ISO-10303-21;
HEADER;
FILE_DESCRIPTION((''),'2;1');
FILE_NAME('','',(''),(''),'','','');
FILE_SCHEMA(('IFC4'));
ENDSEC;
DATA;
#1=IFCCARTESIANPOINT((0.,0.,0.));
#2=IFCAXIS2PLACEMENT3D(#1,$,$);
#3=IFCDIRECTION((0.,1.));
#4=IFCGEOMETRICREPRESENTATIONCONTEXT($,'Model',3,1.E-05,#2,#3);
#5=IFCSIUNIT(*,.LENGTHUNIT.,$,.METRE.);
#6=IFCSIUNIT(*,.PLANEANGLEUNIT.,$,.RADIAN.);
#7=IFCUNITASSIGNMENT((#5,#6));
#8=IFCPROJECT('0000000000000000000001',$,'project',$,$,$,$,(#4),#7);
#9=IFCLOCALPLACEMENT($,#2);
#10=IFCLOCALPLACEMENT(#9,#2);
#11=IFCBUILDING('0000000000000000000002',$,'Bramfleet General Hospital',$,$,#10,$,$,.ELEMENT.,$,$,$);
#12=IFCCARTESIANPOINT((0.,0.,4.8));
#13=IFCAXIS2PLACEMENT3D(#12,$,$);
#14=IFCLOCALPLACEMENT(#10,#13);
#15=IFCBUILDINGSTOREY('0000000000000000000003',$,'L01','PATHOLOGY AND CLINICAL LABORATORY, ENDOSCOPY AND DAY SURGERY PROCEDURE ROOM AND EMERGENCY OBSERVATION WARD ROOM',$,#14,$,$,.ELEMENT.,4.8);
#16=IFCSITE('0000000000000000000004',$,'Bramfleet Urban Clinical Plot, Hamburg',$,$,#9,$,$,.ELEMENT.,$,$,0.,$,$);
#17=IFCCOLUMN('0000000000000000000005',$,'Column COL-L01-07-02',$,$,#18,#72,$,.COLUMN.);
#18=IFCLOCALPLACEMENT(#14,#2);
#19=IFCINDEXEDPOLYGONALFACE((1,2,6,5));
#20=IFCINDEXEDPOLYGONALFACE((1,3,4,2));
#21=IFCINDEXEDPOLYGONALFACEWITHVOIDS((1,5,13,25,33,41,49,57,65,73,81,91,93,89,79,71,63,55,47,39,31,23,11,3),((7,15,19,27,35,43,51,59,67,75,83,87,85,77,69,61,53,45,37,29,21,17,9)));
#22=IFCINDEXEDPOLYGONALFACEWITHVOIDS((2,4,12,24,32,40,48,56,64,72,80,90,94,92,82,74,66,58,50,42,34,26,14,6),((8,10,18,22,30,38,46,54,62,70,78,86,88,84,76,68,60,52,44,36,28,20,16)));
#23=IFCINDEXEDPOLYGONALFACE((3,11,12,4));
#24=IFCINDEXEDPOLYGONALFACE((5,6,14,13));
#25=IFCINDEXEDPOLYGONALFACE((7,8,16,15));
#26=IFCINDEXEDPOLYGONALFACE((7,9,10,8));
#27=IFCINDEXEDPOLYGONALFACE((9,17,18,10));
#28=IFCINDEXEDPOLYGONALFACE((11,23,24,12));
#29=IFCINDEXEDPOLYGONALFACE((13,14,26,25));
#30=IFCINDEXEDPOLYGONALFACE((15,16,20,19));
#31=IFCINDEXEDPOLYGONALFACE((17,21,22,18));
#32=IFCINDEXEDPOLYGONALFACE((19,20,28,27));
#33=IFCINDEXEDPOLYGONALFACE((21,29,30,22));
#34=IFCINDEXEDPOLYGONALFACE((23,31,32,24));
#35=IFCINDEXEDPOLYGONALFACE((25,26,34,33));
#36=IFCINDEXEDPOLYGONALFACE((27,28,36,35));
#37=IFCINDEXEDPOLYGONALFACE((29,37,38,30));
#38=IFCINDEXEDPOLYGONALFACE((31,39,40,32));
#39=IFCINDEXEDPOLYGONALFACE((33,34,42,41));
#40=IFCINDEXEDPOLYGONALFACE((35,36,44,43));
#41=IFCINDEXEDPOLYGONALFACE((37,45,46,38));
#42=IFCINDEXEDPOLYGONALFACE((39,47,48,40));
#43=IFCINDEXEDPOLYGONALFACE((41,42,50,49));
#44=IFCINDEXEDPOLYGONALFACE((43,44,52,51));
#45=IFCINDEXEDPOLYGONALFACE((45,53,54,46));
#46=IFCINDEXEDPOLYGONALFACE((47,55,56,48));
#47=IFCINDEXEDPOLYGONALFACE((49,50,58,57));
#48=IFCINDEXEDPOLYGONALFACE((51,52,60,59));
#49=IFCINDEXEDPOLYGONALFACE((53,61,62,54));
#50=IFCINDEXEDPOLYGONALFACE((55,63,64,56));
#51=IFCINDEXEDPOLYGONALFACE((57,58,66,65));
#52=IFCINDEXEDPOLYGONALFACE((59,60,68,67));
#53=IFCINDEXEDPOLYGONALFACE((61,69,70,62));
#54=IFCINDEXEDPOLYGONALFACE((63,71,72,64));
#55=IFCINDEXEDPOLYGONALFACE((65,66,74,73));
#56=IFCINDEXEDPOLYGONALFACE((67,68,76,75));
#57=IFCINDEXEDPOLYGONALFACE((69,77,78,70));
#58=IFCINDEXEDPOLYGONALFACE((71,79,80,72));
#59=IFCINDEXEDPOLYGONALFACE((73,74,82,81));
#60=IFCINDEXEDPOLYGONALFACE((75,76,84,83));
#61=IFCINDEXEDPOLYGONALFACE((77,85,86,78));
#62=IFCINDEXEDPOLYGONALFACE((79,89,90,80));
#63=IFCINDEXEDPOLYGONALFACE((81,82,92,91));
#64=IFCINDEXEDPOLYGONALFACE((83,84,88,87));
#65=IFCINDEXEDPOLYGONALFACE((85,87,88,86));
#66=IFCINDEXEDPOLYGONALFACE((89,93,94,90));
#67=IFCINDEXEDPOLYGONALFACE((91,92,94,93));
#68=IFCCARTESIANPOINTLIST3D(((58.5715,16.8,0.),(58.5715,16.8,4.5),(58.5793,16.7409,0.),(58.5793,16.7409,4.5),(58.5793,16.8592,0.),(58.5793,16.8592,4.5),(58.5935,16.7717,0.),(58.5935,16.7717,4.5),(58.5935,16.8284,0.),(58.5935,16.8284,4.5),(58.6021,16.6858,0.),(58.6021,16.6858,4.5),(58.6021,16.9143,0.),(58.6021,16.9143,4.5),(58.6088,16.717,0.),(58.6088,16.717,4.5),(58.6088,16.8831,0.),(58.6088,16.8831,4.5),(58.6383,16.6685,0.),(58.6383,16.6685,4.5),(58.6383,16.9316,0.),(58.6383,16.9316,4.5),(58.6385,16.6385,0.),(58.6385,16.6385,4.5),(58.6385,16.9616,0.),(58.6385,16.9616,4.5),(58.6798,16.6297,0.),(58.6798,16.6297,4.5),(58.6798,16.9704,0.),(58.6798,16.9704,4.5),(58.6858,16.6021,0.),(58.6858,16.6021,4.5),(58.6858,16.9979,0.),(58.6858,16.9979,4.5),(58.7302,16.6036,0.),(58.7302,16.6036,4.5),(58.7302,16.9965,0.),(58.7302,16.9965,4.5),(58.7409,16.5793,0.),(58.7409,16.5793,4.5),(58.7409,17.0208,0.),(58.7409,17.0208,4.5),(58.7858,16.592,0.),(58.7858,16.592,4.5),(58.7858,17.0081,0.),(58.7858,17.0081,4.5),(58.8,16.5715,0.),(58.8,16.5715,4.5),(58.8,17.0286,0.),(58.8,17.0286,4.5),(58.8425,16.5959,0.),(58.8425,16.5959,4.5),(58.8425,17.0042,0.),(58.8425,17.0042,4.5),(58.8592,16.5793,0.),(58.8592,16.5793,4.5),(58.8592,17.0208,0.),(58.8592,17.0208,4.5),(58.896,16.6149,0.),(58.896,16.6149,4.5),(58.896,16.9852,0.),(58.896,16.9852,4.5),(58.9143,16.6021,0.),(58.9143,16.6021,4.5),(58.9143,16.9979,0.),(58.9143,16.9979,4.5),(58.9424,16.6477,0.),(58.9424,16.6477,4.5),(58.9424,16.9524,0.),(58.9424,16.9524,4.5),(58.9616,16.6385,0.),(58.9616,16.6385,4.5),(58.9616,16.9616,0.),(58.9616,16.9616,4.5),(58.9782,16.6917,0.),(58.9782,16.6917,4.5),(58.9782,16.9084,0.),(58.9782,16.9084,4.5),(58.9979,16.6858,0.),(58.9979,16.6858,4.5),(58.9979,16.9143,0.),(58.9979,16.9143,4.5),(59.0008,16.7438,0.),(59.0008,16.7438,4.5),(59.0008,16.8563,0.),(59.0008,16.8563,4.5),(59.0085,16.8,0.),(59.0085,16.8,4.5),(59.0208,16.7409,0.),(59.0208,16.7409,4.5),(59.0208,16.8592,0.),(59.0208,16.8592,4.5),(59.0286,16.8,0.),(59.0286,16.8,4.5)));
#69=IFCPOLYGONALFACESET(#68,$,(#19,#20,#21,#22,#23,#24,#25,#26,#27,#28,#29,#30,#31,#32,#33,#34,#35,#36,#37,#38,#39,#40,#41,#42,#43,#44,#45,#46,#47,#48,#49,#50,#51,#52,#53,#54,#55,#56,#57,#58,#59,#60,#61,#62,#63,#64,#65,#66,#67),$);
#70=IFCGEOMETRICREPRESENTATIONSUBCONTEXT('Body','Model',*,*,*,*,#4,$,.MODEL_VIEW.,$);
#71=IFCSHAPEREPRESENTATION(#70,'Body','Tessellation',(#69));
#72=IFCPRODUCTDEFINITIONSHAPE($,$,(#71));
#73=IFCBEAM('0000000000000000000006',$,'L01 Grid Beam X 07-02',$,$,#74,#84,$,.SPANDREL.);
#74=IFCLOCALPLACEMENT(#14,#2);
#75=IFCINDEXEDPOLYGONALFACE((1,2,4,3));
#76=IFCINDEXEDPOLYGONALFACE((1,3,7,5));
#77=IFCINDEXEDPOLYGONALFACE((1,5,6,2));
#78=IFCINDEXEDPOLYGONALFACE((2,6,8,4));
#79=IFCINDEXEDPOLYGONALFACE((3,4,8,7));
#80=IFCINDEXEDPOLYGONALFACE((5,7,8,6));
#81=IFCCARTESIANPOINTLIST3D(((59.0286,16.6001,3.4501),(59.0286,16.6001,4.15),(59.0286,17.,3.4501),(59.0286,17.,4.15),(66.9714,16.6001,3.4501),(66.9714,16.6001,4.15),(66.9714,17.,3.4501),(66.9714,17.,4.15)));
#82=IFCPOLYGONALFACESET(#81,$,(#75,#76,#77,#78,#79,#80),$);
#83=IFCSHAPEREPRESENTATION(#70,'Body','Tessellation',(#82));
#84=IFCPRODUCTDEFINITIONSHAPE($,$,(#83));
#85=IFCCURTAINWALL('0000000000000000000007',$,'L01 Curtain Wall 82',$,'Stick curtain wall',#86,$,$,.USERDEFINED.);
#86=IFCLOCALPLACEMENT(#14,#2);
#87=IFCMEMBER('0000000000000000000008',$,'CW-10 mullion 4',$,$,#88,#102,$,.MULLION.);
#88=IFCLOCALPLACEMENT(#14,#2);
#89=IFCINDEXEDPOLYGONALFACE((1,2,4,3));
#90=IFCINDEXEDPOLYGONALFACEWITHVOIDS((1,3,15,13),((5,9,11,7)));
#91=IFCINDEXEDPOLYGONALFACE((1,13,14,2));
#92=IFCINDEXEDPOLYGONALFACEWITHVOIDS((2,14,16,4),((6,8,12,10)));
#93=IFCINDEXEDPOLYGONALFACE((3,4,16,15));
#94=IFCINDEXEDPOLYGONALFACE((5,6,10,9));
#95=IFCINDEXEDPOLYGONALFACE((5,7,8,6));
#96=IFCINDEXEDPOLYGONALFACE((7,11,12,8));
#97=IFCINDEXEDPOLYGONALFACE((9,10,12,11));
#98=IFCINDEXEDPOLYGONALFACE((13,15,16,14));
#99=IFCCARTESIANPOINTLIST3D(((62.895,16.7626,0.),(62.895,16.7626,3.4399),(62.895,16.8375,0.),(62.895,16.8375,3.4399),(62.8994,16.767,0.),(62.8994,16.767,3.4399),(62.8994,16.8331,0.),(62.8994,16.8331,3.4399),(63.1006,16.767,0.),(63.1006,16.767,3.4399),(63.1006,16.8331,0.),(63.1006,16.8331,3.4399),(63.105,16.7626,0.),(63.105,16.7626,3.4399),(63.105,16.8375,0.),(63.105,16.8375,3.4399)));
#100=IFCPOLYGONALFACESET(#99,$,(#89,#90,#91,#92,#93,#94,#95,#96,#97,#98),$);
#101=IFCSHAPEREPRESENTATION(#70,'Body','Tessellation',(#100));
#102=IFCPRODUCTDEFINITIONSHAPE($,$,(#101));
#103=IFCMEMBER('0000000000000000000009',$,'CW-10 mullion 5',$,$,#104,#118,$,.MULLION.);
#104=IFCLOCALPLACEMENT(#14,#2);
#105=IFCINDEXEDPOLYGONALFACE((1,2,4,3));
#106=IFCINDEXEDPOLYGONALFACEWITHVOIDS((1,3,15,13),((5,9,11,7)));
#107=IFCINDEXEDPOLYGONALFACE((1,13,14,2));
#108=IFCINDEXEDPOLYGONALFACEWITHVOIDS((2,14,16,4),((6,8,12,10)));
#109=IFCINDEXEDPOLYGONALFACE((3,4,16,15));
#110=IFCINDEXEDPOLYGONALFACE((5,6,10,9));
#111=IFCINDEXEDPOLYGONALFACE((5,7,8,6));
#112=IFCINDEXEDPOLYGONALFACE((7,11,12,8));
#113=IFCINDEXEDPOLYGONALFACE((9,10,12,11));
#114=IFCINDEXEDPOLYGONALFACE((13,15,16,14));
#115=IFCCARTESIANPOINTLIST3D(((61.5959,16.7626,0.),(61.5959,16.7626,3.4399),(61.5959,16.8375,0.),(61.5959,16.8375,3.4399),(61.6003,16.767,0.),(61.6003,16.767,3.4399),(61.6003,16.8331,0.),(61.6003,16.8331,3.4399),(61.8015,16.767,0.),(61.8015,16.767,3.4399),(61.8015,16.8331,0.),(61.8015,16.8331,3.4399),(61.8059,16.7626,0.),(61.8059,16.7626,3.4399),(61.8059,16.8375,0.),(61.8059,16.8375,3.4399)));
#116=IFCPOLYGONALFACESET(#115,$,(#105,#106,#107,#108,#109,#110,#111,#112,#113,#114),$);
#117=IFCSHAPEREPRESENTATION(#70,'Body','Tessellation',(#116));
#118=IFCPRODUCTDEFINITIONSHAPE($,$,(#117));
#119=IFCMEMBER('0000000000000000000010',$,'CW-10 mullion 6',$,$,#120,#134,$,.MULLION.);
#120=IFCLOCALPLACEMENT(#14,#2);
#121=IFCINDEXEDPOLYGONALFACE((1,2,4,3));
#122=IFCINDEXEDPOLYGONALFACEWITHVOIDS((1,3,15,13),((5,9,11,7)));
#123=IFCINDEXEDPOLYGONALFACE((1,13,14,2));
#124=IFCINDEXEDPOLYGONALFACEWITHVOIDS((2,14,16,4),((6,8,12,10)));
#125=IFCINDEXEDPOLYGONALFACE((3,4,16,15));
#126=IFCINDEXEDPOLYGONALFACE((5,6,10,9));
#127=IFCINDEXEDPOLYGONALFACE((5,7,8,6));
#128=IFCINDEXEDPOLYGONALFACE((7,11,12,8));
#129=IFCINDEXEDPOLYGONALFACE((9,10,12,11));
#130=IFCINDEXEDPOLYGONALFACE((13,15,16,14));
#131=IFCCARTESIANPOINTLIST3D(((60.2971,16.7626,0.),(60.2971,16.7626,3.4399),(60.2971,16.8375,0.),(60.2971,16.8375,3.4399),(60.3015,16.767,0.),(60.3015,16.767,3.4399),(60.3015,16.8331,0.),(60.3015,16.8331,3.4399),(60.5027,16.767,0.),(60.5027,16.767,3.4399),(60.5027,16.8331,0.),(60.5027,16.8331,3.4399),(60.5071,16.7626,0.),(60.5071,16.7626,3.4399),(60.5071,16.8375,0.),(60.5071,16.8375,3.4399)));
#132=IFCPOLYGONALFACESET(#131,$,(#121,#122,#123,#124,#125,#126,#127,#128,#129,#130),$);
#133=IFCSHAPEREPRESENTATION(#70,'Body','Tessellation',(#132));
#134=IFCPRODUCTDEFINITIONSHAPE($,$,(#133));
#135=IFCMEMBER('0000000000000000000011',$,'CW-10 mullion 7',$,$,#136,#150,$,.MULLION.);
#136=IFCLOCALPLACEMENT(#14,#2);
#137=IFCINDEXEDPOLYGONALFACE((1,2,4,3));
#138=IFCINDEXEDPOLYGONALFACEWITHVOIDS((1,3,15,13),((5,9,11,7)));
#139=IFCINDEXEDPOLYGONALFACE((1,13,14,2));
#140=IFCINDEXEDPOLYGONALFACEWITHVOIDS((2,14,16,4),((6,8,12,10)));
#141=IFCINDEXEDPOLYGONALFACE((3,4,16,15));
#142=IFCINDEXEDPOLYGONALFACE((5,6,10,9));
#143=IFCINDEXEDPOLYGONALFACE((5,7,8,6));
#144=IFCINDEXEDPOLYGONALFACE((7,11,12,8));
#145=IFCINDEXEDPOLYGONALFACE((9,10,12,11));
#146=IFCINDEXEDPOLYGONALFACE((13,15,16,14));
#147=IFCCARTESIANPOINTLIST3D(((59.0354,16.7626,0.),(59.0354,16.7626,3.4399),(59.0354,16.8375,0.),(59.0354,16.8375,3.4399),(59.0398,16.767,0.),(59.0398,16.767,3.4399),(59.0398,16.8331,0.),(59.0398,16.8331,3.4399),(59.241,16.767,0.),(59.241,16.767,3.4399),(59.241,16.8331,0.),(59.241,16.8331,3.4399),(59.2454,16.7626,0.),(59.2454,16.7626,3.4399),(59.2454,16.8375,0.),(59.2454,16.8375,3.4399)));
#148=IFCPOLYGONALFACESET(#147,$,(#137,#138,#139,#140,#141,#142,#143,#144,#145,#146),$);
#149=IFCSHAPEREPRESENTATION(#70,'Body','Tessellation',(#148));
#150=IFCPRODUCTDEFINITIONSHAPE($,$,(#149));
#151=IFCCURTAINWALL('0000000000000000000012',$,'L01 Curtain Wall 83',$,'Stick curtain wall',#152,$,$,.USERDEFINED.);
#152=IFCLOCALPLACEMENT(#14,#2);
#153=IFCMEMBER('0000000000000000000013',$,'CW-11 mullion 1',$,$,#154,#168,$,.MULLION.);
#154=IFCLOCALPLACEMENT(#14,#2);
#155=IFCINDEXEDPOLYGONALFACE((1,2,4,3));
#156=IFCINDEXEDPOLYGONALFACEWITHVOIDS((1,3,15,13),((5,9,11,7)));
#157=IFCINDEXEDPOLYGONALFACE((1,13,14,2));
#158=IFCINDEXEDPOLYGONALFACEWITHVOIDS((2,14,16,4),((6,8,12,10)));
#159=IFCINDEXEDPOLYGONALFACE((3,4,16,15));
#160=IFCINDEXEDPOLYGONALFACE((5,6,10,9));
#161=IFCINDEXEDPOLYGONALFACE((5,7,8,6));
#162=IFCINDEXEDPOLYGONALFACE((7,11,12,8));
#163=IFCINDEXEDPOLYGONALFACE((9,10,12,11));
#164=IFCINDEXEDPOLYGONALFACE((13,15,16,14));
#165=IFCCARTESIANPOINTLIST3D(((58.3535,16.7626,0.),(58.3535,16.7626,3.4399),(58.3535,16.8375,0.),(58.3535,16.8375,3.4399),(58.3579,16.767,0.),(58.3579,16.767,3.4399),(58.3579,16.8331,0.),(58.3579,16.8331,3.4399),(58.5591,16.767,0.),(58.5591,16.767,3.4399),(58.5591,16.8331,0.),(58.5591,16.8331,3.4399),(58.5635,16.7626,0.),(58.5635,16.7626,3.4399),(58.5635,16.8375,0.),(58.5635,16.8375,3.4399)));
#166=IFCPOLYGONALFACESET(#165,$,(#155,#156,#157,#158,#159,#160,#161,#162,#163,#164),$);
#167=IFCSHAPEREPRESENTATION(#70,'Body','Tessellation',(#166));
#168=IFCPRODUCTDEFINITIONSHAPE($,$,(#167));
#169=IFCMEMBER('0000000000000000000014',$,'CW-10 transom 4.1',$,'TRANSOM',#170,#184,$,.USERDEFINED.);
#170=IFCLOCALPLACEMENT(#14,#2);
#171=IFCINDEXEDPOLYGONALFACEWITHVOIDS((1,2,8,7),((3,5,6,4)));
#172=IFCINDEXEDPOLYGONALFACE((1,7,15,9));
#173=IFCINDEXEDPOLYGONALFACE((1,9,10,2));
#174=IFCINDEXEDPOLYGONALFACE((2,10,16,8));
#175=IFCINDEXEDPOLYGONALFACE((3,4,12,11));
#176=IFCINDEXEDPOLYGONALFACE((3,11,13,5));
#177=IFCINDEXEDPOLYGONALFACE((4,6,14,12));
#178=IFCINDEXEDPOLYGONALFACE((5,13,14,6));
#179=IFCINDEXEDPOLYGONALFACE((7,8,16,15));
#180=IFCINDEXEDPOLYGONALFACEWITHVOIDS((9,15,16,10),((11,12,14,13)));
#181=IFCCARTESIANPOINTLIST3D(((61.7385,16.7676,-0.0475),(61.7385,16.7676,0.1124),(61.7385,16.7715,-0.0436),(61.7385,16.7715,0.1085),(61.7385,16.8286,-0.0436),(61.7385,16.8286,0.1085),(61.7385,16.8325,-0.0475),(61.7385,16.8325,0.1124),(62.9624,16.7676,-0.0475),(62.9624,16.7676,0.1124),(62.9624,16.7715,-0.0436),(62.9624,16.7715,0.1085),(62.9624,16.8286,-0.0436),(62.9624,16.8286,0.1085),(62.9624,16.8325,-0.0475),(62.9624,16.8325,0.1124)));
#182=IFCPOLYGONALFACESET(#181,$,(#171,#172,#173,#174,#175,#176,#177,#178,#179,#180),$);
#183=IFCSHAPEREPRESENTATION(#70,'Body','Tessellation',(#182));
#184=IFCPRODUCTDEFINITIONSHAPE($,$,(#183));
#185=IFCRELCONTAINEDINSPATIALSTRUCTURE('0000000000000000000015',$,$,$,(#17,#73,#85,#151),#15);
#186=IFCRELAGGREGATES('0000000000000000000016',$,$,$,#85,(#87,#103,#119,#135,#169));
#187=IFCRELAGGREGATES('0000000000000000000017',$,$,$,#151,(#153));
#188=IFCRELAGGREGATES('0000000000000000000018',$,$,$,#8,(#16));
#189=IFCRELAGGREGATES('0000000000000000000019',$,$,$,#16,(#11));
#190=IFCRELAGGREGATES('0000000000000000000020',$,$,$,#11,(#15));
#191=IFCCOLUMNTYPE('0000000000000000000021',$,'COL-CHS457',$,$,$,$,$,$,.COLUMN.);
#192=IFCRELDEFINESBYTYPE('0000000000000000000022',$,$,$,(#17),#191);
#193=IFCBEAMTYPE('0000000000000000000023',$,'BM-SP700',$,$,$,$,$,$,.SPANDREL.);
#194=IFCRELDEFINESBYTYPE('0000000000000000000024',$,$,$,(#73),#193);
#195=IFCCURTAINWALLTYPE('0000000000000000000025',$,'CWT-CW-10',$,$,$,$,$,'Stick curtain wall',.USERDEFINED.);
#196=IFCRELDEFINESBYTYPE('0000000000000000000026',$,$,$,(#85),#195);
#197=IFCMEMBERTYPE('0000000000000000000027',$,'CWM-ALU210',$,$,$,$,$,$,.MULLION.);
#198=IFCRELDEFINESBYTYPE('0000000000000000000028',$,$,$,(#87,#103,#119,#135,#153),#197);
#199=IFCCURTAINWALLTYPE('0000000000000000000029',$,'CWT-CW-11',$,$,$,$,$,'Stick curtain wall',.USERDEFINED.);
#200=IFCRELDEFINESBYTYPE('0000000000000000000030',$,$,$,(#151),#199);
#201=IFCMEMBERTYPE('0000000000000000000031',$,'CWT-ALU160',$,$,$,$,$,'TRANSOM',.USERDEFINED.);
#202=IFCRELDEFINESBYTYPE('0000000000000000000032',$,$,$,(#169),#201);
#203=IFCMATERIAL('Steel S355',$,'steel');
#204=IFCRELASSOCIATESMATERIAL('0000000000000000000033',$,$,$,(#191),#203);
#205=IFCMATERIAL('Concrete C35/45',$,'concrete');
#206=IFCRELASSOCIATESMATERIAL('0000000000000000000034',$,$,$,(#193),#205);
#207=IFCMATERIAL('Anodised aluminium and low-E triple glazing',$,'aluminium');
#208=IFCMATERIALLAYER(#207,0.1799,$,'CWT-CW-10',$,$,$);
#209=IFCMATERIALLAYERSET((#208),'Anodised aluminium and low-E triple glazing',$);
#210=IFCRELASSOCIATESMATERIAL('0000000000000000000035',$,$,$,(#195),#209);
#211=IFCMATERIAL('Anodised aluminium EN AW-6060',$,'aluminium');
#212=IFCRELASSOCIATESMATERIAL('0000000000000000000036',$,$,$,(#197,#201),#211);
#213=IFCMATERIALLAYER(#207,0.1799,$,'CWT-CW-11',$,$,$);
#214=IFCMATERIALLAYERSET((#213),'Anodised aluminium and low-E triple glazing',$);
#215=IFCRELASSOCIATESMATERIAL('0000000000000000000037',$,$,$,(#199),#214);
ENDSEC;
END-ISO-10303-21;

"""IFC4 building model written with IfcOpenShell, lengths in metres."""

from ifc_helpers import new_model, si_unit, direction, frame, origin, origin_2d, place, context, subcontext, project, spatial, rectangle, hollow_rectangle, hollow_circle, extrude, material, layer, layer_set, material_profile, profile_set, type_object, element, aggregate, save


model = new_model("IFC4")

# Units and contexts
model_context = context("Model", 3, precision=1e-05, world=origin(), true_north=direction((0.0, 1.0)))
body_context = subcontext(model_context, "Body", "Model", "MODEL_VIEW")
ifc_project = project(units=[si_unit("LENGTHUNIT", "METRE"), si_unit("PLANEANGLEUNIT", "RADIAN")], contexts=[model_context])

# Site, building, storey
site_placement = place(None, origin())
site = spatial("IfcSite", under=ifc_project, at=site_placement, Name="Bramfleet Urban Clinical Plot, Hamburg", CompositionType="ELEMENT", RefElevation=0.0)
building_placement = place(site_placement, origin())
building = spatial("IfcBuilding", under=site, at=building_placement, Name="Bramfleet General Hospital", CompositionType="ELEMENT")
storey_placement = place(building_placement, frame((0.0, 0.0, 4.8)))
storey = spatial("IfcBuildingStorey", under=building, at=storey_placement, Name="L01", Description="PATHOLOGY AND CLINICAL LABORATORY, ENDOSCOPY AND DAY SURGERY PROCEDURE ROOM AND EMERGENCY OBSERVATION WARD ROOM", CompositionType="ELEMENT", Elevation=4.8)

# Column
ifc_material_1 = material(Name="Steel S355", Category="steel")
ifc_material_profile_1 = material_profile(ifc_material_1, hollow_circle(Radius=0.2285, WallThickness=0.02, at=origin_2d()), Name="CHS 457.0x20.0")
ifc_profile_set_1 = profile_set([ifc_material_profile_1], Name="Steel S355")
column_type = type_object("IfcColumnType", Name="COL-CHS457", PredefinedType="COLUMN", material=ifc_profile_set_1)
column_placement = place(storey_placement, frame((58.8, 16.8, 0.0), z_axis=(0.0, 0.0, 1.0), x_axis=(1.0, 0.0, 0.0)))
element("IfcColumn", 1, at=column_placement, inside=storey, type_object=column_type, Name="Column COL-L01-07-02", PredefinedType="COLUMN", context=body_context, shape_type="SweptSolid", body=[
    extrude(hollow_circle(Radius=0.2285, WallThickness=0.02, at=origin_2d()), origin(), (0.0, 0.0, 1.0), 4.5),
])

# Beam
ifc_material_2 = material(Name="Concrete C35/45", Category="concrete")
ifc_material_profile_2 = material_profile(ifc_material_2, rectangle(XDim=0.3999, YDim=0.7, at=origin_2d()), Name="RC SP 700x400")
ifc_profile_set_2 = profile_set([ifc_material_profile_2], Name="Concrete C35/45")
beam_type = type_object("IfcBeamType", Name="BM-SP700", PredefinedType="SPANDREL", material=ifc_profile_set_2)
beam_placement = place(storey_placement, frame((59.0286, 16.8, 3.8), z_axis=(1.0, 0.0, 0.0), x_axis=(0.0, 1.0, 0.0)))
element("IfcBeam", 2, at=beam_placement, inside=storey, type_object=beam_type, Name="L01 Grid Beam X 07-02", PredefinedType="SPANDREL", context=body_context, shape_type="SweptSolid", body=[
    extrude(rectangle(XDim=0.3999, YDim=0.7, at=origin_2d()), origin(), (0.0, 0.0, 1.0), 7.9429),
])

# Curtain wall, members
ifc_material_3 = material(Name="Anodised aluminium and low-E triple glazing", Category="aluminium")
ifc_layer_1 = layer(ifc_material_3, 0.1799, Name="CWT-CW-10")
ifc_layer_set_1 = layer_set([ifc_layer_1], Name="Anodised aluminium and low-E triple glazing")
curtain_wall_type_1 = type_object("IfcCurtainWallType", Name="CWT-CW-10", ElementType="Stick curtain wall", PredefinedType="USERDEFINED", material=ifc_layer_set_1)
curtain_wall_1_placement = place(storey_placement, origin())
curtain_wall_1 = element("IfcCurtainWall", 3, at=curtain_wall_1_placement, inside=storey, type_object=curtain_wall_type_1, Name="L01 Curtain Wall 82", ObjectType="Stick curtain wall", PredefinedType="USERDEFINED")
ifc_material_4 = material(Name="Anodised aluminium EN AW-6060", Category="aluminium")
ifc_material_profile_3 = material_profile(ifc_material_4, hollow_rectangle(XDim=0.075, YDim=0.21, WallThickness=0.0044, at=origin_2d()), Name="ALU 210x75x4.5")
ifc_profile_set_3 = profile_set([ifc_material_profile_3], Name="Anodised aluminium EN AW-6060")
member_type_1 = type_object("IfcMemberType", Name="CWM-ALU210", PredefinedType="MULLION", material=ifc_profile_set_3)
member_1_placement = place(storey_placement, frame((63.0, 16.8, 0.0), z_axis=(0.0, 0.0, 1.0), x_axis=(0.0, -1.0, 0.0)))
member_1 = element("IfcMember", 4, at=member_1_placement, type_object=member_type_1, Name="CW-10 mullion 4", PredefinedType="MULLION", context=body_context, shape_type="SweptSolid", body=[
    extrude(hollow_rectangle(XDim=0.075, YDim=0.21, WallThickness=0.0044, at=origin_2d()), origin(), (0.0, 0.0, 1.0), 3.4399),
])
member_2_placement = place(storey_placement, frame((61.7009, 16.8, 0.0), z_axis=(0.0, 0.0, 1.0), x_axis=(0.0, -1.0, 0.0)))
member_2 = element("IfcMember", 5, at=member_2_placement, type_object=member_type_1, Name="CW-10 mullion 5", PredefinedType="MULLION", context=body_context, shape_type="SweptSolid", body=[
    extrude(hollow_rectangle(XDim=0.075, YDim=0.21, WallThickness=0.0044, at=origin_2d()), origin(), (0.0, 0.0, 1.0), 3.4399),
])
member_3_placement = place(storey_placement, frame((60.4021, 16.8, 0.0), z_axis=(0.0, 0.0, 1.0), x_axis=(0.0, -1.0, 0.0)))
member_3 = element("IfcMember", 6, at=member_3_placement, type_object=member_type_1, Name="CW-10 mullion 6", PredefinedType="MULLION", context=body_context, shape_type="SweptSolid", body=[
    extrude(hollow_rectangle(XDim=0.075, YDim=0.21, WallThickness=0.0044, at=origin_2d()), origin(), (0.0, 0.0, 1.0), 3.4399),
])
member_4_placement = place(storey_placement, frame((59.1404, 16.8, 0.0), z_axis=(0.0, 0.0, 1.0), x_axis=(0.0, -1.0, 0.0)))
member_4 = element("IfcMember", 7, at=member_4_placement, type_object=member_type_1, Name="CW-10 mullion 7", PredefinedType="MULLION", context=body_context, shape_type="SweptSolid", body=[
    extrude(hollow_rectangle(XDim=0.075, YDim=0.21, WallThickness=0.0044, at=origin_2d()), origin(), (0.0, 0.0, 1.0), 3.4399),
])

# Curtain wall, member
ifc_layer_2 = layer(ifc_material_3, 0.1799, Name="CWT-CW-11")
ifc_layer_set_2 = layer_set([ifc_layer_2], Name="Anodised aluminium and low-E triple glazing")
curtain_wall_type_2 = type_object("IfcCurtainWallType", Name="CWT-CW-11", ElementType="Stick curtain wall", PredefinedType="USERDEFINED", material=ifc_layer_set_2)
curtain_wall_2_placement = place(storey_placement, origin())
curtain_wall_2 = element("IfcCurtainWall", 8, at=curtain_wall_2_placement, inside=storey, type_object=curtain_wall_type_2, Name="L01 Curtain Wall 83", ObjectType="Stick curtain wall", PredefinedType="USERDEFINED")
member_5_placement = place(storey_placement, frame((58.4585, 16.8, 0.0), z_axis=(0.0, 0.0, 1.0), x_axis=(0.0, -1.0, 0.0)))
member_5 = element("IfcMember", 9, at=member_5_placement, type_object=member_type_1, Name="CW-11 mullion 1", PredefinedType="MULLION", context=body_context, shape_type="SweptSolid", body=[
    extrude(hollow_rectangle(XDim=0.075, YDim=0.21, WallThickness=0.0044, at=origin_2d()), origin(), (0.0, 0.0, 1.0), 3.4399),
])

# Member
ifc_material_profile_4 = material_profile(ifc_material_4, hollow_rectangle(XDim=0.0649, YDim=0.1599, WallThickness=0.0039, at=origin_2d()), Name="ALU 160x65x4.0")
ifc_profile_set_4 = profile_set([ifc_material_profile_4], Name="Anodised aluminium EN AW-6060")
member_type_2 = type_object("IfcMemberType", Name="CWT-ALU160", ElementType="TRANSOM", PredefinedType="USERDEFINED", material=ifc_profile_set_4)
member_6_placement = place(storey_placement, frame((62.9624, 16.8, 0.0325), z_axis=(-1.0, 0.0, 0.0), x_axis=(0.0, -1.0, 0.0)))
member_6 = element("IfcMember", 10, at=member_6_placement, type_object=member_type_2, Name="CW-10 transom 4.1", ObjectType="TRANSOM", PredefinedType="USERDEFINED", context=body_context, shape_type="SweptSolid", body=[
    extrude(hollow_rectangle(XDim=0.0649, YDim=0.1599, WallThickness=0.0039, at=origin_2d()), origin(), (0.0, 0.0, 1.0), 1.2239),
])

aggregate(curtain_wall_1, [member_1, member_2, member_3, member_4, member_6])
aggregate(curtain_wall_2, [member_5])

save(model, "model.ifc")
